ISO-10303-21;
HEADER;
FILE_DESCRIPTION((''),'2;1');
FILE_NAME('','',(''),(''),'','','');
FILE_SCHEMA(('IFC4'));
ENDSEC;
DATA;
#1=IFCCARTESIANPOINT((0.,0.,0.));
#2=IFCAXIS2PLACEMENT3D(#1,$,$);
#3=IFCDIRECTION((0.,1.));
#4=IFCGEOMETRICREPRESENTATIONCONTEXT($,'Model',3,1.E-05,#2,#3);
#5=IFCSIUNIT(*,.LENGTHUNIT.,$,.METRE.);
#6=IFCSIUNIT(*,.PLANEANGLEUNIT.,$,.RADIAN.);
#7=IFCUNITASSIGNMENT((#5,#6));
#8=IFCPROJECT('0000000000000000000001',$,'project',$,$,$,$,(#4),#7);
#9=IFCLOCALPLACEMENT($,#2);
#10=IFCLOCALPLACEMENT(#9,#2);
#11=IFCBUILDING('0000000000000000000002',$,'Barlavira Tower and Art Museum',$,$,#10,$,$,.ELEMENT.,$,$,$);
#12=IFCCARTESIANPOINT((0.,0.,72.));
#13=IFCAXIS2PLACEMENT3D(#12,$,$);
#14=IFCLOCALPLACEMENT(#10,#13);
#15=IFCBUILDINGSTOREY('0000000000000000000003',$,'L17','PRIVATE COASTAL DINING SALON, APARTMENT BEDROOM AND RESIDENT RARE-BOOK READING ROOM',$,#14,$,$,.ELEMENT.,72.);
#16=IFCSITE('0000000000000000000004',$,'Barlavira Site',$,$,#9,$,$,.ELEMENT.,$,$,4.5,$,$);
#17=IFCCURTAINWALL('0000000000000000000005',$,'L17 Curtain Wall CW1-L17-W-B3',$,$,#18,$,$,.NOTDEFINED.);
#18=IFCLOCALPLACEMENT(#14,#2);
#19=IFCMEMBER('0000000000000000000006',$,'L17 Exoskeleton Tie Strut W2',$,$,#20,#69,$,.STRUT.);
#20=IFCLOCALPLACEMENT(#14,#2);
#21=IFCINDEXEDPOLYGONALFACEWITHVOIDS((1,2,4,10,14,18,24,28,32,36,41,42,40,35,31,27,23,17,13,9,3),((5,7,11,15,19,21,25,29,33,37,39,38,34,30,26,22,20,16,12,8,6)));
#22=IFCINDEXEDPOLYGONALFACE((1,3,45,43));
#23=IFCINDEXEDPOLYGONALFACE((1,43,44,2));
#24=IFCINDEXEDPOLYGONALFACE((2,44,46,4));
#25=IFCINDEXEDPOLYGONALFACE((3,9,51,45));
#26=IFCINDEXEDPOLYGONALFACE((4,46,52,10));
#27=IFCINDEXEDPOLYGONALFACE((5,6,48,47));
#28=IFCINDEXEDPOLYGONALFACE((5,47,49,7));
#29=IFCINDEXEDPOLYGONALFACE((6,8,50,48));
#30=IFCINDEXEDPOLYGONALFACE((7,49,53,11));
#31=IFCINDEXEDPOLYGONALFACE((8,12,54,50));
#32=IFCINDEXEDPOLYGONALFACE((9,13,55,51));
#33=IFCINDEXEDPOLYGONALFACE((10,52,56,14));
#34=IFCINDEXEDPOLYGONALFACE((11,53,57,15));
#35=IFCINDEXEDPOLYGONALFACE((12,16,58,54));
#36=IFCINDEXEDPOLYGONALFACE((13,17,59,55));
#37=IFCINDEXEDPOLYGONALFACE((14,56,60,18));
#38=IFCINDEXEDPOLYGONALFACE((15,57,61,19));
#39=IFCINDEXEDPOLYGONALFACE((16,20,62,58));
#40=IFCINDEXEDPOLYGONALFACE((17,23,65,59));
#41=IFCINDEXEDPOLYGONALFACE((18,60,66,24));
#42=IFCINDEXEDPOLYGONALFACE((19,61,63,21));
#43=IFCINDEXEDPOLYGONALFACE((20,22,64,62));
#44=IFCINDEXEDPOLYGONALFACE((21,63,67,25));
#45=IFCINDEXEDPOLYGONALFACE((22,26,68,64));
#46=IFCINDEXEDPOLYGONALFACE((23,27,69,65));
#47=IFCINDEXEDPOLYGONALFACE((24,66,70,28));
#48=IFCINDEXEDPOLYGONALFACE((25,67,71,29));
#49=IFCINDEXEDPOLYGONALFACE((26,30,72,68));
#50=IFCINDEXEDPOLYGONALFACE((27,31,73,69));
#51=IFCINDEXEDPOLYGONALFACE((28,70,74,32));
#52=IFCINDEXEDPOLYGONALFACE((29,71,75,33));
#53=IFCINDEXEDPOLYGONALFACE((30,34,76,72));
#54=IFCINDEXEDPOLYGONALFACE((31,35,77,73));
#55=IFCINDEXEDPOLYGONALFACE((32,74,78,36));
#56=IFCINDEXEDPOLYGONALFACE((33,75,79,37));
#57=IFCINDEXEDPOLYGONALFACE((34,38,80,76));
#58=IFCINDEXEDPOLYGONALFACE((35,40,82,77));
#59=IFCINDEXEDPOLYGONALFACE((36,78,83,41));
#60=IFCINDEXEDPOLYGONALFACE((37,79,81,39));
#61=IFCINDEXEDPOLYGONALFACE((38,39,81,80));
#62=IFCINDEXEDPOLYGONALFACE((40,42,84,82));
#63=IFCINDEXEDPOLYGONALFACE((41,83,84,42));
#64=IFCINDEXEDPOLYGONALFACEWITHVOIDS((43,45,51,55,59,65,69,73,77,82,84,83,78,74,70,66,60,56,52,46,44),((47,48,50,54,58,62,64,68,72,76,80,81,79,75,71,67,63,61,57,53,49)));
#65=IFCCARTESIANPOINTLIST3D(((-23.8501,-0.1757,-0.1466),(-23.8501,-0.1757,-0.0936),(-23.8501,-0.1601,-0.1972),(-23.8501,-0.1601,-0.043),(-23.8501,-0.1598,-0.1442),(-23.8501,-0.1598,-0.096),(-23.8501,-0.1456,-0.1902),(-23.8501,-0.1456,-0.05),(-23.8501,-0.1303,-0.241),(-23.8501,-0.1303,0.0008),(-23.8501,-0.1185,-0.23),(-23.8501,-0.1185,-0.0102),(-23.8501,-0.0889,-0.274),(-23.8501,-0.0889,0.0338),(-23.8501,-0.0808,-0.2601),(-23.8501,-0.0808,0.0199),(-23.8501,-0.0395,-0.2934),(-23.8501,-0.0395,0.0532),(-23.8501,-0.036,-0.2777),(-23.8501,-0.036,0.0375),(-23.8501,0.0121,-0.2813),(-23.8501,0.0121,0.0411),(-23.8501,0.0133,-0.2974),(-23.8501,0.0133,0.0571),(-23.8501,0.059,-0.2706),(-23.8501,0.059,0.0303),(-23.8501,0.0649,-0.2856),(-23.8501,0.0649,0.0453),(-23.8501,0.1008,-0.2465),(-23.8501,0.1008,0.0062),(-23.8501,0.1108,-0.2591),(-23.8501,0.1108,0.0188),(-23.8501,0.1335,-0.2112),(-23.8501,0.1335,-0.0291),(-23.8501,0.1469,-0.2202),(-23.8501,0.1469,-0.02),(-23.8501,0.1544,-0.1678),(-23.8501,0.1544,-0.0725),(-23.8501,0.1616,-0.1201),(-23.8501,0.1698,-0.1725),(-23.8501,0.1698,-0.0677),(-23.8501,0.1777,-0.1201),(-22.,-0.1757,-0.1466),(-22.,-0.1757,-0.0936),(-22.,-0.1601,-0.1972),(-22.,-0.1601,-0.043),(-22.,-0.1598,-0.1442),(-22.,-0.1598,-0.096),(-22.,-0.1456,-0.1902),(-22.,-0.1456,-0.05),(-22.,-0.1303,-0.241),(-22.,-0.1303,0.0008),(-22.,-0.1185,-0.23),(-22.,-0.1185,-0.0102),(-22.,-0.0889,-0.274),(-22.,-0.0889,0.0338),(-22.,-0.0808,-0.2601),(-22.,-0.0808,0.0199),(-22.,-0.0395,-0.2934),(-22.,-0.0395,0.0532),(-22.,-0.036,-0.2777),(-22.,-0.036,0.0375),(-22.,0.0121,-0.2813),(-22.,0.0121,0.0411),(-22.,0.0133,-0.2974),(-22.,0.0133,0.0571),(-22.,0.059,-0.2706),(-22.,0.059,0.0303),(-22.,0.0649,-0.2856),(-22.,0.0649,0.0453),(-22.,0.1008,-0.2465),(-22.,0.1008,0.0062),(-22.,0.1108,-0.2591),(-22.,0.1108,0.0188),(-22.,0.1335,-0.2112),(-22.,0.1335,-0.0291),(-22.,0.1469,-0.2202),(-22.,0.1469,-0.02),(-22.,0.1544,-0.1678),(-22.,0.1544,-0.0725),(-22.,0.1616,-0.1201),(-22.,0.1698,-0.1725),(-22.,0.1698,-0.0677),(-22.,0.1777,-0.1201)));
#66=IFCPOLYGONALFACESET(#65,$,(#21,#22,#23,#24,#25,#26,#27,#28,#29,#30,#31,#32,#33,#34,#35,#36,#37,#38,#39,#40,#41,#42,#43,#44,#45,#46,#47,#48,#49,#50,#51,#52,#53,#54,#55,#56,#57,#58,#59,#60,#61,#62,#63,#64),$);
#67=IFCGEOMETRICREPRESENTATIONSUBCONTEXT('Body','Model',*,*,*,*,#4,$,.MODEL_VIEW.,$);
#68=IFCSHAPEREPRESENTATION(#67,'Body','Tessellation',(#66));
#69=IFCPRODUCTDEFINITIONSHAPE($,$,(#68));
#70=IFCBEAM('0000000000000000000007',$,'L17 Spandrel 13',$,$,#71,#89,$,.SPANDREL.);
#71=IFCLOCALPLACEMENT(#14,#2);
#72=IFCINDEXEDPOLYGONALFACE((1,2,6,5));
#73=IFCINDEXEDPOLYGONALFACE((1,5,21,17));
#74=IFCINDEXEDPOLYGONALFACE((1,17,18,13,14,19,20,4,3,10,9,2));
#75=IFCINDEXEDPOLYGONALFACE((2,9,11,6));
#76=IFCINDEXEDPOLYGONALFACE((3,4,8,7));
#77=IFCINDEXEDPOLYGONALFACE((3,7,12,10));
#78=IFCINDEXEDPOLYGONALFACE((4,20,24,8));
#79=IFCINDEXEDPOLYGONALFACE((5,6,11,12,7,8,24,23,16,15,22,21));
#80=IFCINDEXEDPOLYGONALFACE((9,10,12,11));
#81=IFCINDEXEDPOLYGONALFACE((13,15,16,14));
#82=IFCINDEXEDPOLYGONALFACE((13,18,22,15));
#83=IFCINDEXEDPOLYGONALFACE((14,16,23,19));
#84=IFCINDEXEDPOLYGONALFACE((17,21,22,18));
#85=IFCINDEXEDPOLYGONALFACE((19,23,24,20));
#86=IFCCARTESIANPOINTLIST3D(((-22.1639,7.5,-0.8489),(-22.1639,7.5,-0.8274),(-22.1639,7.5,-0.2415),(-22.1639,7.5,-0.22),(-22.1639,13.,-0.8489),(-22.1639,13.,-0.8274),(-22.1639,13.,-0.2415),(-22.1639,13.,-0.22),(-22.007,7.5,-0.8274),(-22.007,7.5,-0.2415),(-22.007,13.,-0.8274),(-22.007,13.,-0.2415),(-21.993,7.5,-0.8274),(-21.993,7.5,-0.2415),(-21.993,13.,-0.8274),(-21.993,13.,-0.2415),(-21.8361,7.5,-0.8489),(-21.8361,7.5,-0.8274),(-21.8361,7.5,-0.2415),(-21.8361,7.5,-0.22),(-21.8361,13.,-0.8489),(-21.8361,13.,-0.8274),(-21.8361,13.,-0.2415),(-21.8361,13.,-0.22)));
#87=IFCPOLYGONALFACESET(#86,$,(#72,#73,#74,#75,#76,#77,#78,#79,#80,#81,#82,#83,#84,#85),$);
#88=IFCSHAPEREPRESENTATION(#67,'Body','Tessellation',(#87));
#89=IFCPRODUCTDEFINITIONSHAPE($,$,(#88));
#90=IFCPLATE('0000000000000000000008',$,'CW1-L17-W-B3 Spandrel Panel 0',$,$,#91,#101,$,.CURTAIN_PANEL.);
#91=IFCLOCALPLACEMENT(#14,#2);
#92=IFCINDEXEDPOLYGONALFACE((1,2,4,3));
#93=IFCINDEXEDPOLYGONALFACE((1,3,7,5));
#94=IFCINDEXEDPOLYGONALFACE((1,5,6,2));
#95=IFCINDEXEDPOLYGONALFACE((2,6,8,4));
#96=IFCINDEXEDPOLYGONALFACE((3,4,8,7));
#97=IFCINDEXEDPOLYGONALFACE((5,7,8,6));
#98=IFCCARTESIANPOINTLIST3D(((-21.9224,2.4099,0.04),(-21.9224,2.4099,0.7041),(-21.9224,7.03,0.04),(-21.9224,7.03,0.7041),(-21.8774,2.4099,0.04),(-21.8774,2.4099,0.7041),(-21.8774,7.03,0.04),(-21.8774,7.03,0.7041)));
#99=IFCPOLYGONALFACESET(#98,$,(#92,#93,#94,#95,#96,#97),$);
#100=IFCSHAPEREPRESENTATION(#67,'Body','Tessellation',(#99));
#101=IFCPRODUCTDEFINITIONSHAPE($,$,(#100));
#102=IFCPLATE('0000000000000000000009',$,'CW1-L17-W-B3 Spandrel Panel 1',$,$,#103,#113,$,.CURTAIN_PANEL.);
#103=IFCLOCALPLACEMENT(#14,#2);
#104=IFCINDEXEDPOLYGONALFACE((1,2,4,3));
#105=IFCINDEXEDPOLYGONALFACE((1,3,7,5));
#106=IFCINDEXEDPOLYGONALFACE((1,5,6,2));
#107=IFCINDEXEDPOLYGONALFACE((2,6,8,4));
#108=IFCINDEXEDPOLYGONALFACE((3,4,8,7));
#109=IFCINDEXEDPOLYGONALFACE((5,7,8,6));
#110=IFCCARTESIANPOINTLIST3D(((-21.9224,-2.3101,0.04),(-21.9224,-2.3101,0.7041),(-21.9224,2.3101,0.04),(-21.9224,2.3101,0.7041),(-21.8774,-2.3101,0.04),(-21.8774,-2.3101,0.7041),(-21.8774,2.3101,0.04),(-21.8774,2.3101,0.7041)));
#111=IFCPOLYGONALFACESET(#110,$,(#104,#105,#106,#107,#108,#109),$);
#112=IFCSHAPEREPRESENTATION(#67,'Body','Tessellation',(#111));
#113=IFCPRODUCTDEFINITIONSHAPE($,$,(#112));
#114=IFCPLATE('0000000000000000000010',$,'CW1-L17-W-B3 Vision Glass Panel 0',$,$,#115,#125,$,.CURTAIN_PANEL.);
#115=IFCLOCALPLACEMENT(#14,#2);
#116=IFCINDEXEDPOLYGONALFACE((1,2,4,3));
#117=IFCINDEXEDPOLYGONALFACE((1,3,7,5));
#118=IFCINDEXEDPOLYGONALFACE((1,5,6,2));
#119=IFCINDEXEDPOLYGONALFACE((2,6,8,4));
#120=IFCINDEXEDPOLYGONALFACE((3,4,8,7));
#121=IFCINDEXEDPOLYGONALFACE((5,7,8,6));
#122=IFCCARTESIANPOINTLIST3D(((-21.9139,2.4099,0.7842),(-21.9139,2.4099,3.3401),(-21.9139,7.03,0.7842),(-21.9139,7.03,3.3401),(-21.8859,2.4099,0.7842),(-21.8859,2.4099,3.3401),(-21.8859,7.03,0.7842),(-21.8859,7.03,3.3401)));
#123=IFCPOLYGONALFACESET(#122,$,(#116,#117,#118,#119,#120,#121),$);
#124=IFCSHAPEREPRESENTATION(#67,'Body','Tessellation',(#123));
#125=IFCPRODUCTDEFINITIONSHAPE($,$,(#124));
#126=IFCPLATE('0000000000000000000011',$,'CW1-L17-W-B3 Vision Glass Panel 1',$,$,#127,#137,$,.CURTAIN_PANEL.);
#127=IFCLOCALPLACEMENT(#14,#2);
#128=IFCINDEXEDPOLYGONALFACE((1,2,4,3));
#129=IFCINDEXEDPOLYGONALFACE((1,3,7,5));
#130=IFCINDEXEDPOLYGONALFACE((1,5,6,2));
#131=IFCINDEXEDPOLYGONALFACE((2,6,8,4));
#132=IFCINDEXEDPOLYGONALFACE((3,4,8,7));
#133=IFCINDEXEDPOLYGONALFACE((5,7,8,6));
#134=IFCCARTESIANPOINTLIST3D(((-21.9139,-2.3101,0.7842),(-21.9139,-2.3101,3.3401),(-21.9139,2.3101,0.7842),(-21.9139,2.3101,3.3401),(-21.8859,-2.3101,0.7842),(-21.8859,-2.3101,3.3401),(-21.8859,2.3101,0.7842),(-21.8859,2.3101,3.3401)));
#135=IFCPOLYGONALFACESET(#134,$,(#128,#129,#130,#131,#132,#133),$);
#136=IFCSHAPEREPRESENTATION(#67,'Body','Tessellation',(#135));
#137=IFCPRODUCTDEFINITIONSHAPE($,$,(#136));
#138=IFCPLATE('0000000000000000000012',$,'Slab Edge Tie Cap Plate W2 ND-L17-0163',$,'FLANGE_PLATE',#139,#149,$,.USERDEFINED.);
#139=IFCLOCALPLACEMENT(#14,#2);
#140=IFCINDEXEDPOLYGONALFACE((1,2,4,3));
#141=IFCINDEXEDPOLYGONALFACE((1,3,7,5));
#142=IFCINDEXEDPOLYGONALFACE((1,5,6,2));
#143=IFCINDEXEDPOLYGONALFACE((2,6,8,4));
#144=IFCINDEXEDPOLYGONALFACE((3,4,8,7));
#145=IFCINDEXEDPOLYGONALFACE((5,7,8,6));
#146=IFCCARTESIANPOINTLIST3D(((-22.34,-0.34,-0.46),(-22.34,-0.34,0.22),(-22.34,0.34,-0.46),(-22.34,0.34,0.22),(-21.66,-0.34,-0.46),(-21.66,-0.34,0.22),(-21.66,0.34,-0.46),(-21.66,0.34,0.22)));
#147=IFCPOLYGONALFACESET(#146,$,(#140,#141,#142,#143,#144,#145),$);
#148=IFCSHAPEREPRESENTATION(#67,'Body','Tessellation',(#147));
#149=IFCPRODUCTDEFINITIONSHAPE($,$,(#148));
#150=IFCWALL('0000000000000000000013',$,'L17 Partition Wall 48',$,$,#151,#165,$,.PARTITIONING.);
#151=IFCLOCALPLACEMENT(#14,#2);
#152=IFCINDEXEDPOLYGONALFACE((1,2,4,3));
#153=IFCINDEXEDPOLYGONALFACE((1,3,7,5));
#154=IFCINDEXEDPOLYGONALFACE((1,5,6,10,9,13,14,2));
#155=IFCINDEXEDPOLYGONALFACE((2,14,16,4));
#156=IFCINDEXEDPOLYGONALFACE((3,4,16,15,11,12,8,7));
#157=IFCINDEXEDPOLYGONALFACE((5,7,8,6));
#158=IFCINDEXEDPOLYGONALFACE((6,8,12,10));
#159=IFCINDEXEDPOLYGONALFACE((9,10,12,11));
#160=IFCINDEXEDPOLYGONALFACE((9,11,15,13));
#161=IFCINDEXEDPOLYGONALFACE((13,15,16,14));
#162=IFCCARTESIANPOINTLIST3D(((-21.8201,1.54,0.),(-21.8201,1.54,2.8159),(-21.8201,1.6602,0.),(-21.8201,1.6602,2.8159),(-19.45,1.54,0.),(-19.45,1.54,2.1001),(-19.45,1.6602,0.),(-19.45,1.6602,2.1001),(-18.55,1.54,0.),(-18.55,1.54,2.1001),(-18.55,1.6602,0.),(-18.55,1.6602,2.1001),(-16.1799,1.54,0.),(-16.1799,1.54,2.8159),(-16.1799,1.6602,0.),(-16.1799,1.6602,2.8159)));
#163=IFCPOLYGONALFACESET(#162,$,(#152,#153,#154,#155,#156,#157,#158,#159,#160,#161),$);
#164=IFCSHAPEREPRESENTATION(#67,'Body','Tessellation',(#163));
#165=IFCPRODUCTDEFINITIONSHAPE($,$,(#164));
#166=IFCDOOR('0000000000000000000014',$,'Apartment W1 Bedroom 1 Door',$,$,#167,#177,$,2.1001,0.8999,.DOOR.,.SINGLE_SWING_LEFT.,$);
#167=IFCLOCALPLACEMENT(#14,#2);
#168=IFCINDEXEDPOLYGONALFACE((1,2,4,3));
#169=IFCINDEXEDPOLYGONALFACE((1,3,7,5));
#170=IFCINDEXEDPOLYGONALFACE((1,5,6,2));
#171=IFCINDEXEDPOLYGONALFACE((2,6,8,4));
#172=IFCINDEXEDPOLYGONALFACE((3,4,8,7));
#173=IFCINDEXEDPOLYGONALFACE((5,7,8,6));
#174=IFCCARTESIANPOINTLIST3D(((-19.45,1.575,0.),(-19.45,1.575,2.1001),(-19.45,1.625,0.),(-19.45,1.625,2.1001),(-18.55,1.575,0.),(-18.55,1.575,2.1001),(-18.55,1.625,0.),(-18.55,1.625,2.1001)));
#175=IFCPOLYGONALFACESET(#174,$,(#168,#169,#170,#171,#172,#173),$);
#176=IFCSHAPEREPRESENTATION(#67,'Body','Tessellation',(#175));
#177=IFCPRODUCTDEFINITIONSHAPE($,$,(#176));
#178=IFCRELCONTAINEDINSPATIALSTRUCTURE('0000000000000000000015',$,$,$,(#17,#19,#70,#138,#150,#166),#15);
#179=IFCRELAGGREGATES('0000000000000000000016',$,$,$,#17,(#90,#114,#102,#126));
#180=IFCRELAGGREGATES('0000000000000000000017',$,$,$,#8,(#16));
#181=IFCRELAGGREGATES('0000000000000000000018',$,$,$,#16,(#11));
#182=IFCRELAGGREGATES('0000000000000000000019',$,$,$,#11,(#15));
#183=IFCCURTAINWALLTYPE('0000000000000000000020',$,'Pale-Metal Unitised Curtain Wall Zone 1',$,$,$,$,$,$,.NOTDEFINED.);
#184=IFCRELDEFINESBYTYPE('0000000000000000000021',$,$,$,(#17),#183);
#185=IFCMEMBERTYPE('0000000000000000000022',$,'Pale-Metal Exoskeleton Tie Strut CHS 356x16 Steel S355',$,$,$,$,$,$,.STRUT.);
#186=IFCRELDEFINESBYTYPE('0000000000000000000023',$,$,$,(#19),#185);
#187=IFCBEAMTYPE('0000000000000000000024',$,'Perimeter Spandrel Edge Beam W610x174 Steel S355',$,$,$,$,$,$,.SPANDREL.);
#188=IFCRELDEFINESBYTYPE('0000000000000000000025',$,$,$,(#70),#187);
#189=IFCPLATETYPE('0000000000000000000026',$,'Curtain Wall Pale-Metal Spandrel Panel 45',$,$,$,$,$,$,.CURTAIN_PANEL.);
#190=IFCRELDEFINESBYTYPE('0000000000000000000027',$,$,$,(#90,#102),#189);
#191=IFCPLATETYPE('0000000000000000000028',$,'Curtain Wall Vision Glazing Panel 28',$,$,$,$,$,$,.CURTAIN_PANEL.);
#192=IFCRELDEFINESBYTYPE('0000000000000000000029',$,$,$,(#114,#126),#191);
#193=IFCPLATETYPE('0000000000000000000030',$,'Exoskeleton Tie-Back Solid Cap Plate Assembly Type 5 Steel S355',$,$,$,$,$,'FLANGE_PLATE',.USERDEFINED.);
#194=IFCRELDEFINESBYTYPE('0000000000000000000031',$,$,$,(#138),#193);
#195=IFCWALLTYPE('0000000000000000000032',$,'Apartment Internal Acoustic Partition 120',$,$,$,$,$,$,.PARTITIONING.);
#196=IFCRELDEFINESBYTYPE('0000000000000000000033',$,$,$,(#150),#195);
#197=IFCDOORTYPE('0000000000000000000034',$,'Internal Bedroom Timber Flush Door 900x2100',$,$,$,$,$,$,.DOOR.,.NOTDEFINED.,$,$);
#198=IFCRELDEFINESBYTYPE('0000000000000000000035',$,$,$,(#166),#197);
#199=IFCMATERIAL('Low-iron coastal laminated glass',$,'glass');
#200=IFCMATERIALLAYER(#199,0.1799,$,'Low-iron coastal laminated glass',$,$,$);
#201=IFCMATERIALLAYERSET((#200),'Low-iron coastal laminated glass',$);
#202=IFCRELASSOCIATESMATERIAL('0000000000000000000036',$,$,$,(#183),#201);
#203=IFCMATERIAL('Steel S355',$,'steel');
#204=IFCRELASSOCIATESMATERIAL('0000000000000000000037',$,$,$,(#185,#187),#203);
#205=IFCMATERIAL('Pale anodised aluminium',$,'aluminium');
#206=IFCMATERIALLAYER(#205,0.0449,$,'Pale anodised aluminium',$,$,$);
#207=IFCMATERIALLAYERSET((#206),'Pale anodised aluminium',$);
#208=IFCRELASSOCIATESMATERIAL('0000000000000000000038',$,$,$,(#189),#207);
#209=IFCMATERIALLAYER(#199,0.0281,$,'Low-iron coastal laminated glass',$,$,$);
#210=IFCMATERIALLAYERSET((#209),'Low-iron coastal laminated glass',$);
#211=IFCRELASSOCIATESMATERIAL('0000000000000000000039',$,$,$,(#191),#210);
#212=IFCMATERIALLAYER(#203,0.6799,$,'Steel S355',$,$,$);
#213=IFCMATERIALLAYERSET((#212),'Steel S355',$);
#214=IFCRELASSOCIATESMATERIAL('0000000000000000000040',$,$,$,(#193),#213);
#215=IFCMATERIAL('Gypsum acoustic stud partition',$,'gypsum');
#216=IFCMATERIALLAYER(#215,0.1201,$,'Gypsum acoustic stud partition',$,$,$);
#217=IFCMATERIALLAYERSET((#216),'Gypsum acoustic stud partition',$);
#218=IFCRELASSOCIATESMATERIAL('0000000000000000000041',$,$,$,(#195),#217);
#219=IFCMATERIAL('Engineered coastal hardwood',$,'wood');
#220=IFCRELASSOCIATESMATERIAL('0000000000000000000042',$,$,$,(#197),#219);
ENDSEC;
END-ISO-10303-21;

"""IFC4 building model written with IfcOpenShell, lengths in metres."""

from ifc_helpers import new_model, si_unit, direction, frame, frame_2d, origin, origin_2d, place, context, subcontext, project, spatial, rectangle, hollow_circle, i_section, extrude, material, layer, layer_set, material_profile, profile_set, type_object, element, fill, aggregate, save


model = new_model("IFC4")

# Units and contexts
model_context = context("Model", 3, precision=1e-05, world=origin(), true_north=direction((0.0, 1.0)))
body_context = subcontext(model_context, "Body", "Model", "MODEL_VIEW")
ifc_project = project(units=[si_unit("LENGTHUNIT", "METRE"), si_unit("PLANEANGLEUNIT", "RADIAN")], contexts=[model_context])

# Site, building, storey
site_placement = place(None, origin())
site = spatial("IfcSite", under=ifc_project, at=site_placement, Name="Barlavira Site", CompositionType="ELEMENT", RefElevation=4.5)
building_placement = place(site_placement, origin())
building = spatial("IfcBuilding", under=site, at=building_placement, Name="Barlavira Tower and Art Museum", CompositionType="ELEMENT")
storey_placement = place(building_placement, frame((0.0, 0.0, 72.0)))
storey = spatial("IfcBuildingStorey", under=building, at=storey_placement, Name="L17", Description="PRIVATE COASTAL DINING SALON, APARTMENT BEDROOM AND RESIDENT RARE-BOOK READING ROOM", CompositionType="ELEMENT", Elevation=72.0)

# Curtain wall
ifc_material_1 = material(Name="Low-iron coastal laminated glass", Category="glass")
ifc_layer_1 = layer(ifc_material_1, 0.1799, Name="Low-iron coastal laminated glass")
ifc_layer_set_1 = layer_set([ifc_layer_1], Name="Low-iron coastal laminated glass")
curtain_wall_type = type_object("IfcCurtainWallType", Name="Pale-Metal Unitised Curtain Wall Zone 1", PredefinedType="NOTDEFINED", material=ifc_layer_set_1)
curtain_wall_placement = place(storey_placement, origin())
curtain_wall = element("IfcCurtainWall", 1, at=curtain_wall_placement, inside=storey, type_object=curtain_wall_type, Name="L17 Curtain Wall CW1-L17-W-B3", PredefinedType="NOTDEFINED")
ifc_material_2 = material(Name="Pale anodised aluminium", Category="aluminium")

# Member
ifc_material_3 = material(Name="Steel S355", Category="steel")
ifc_material_profile_1 = material_profile(ifc_material_3, hollow_circle(Radius=0.1777, WallThickness=0.0161, at=origin_2d()), Name="CHS 355.6x16.0")
ifc_profile_set_1 = profile_set([ifc_material_profile_1], Name="Steel S355")
member_type_1 = type_object("IfcMemberType", Name="Pale-Metal Exoskeleton Tie Strut CHS 356x16 Steel S355", PredefinedType="STRUT", material=ifc_profile_set_1)
member_1_placement = place(storey_placement, frame((-23.8501, 0.0, -0.1201), z_axis=(1.0, 0.0, 0.0), x_axis=(0.0, 1.0, 0.0)))
element("IfcMember", 2, at=member_1_placement, inside=storey, type_object=member_type_1, Name="L17 Exoskeleton Tie Strut W2", PredefinedType="STRUT", context=body_context, shape_type="SweptSolid", body=[
    extrude(hollow_circle(Radius=0.1777, WallThickness=0.0161, at=origin_2d()), origin(), (0.0, 0.0, 1.0), 1.8501),
])

# Beam
ifc_material_profile_2 = material_profile(ifc_material_3, i_section(OverallWidth=0.3279, OverallDepth=0.6289, WebThickness=0.0139, FlangeThickness=0.0215, at=origin_2d()), Name="W610x174.0")
ifc_profile_set_2 = profile_set([ifc_material_profile_2], Name="Steel S355")
beam_type = type_object("IfcBeamType", Name="Perimeter Spandrel Edge Beam W610x174 Steel S355", PredefinedType="SPANDREL", material=ifc_profile_set_2)
beam_placement = place(storey_placement, frame((-22.0, 7.5, -0.5344), z_axis=(0.0, 1.0, 0.0), x_axis=(-1.0, 0.0, 0.0)))
element("IfcBeam", 3, at=beam_placement, inside=storey, type_object=beam_type, Name="L17 Spandrel 13", PredefinedType="SPANDREL", context=body_context, shape_type="SweptSolid", body=[
    extrude(i_section(OverallWidth=0.3279, OverallDepth=0.6289, WebThickness=0.0139, FlangeThickness=0.0215, at=origin_2d()), origin(), (0.0, 0.0, 1.0), 5.5),
])

# Plates
ifc_layer_2 = layer(ifc_material_2, 0.0449, Name="Pale anodised aluminium")
ifc_layer_set_2 = layer_set([ifc_layer_2], Name="Pale anodised aluminium")
plate_type_1 = type_object("IfcPlateType", Name="Curtain Wall Pale-Metal Spandrel Panel 45", PredefinedType="CURTAIN_PANEL", material=ifc_layer_set_2)
plate_1_placement = place(storey_placement, frame((-21.8999, 4.72, 0.04), z_axis=(0.0, 0.0, 1.0), x_axis=(0.0, -1.0, 0.0)))
plate_1 = element("IfcPlate", 4, at=plate_1_placement, type_object=plate_type_1, Name="CW1-L17-W-B3 Spandrel Panel 0", PredefinedType="CURTAIN_PANEL", context=body_context, shape_type="SweptSolid", body=[
    extrude(rectangle(XDim=4.6201, YDim=0.0449, at=origin_2d()), origin(), (0.0, 0.0, 1.0), 0.6641),
])
plate_2_placement = place(storey_placement, frame((-21.8999, 0.0, 0.04), z_axis=(0.0, 0.0, 1.0), x_axis=(0.0, -1.0, 0.0)))
plate_2 = element("IfcPlate", 5, at=plate_2_placement, type_object=plate_type_1, Name="CW1-L17-W-B3 Spandrel Panel 1", PredefinedType="CURTAIN_PANEL", context=body_context, shape_type="SweptSolid", body=[
    extrude(rectangle(XDim=4.6201, YDim=0.0449, at=origin_2d()), origin(), (0.0, 0.0, 1.0), 0.6641),
])
ifc_layer_3 = layer(ifc_material_1, 0.0281, Name="Low-iron coastal laminated glass")
ifc_layer_set_3 = layer_set([ifc_layer_3], Name="Low-iron coastal laminated glass")
plate_type_2 = type_object("IfcPlateType", Name="Curtain Wall Vision Glazing Panel 28", PredefinedType="CURTAIN_PANEL", material=ifc_layer_set_3)
plate_3_placement = place(storey_placement, frame((-21.8999, 4.72, 0.7842), z_axis=(0.0, 0.0, 1.0), x_axis=(0.0, -1.0, 0.0)))
plate_3 = element("IfcPlate", 6, at=plate_3_placement, type_object=plate_type_2, Name="CW1-L17-W-B3 Vision Glass Panel 0", PredefinedType="CURTAIN_PANEL", context=body_context, shape_type="SweptSolid", body=[
    extrude(rectangle(XDim=4.6201, YDim=0.0281, at=origin_2d()), origin(), (0.0, 0.0, 1.0), 2.5559),
])
plate_4_placement = place(storey_placement, frame((-21.8999, 0.0, 0.7842), z_axis=(0.0, 0.0, 1.0), x_axis=(0.0, -1.0, 0.0)))
plate_4 = element("IfcPlate", 7, at=plate_4_placement, type_object=plate_type_2, Name="CW1-L17-W-B3 Vision Glass Panel 1", PredefinedType="CURTAIN_PANEL", context=body_context, shape_type="SweptSolid", body=[
    extrude(rectangle(XDim=4.6201, YDim=0.0281, at=origin_2d()), origin(), (0.0, 0.0, 1.0), 2.5559),
])
aggregate(curtain_wall, [plate_1, plate_3, plate_2, plate_4])
ifc_layer_4 = layer(ifc_material_3, 0.6799, Name="Steel S355")
ifc_layer_set_4 = layer_set([ifc_layer_4], Name="Steel S355")
plate_type_3 = type_object("IfcPlateType", Name="Exoskeleton Tie-Back Solid Cap Plate Assembly Type 5 Steel S355", ElementType="FLANGE_PLATE", PredefinedType="USERDEFINED", material=ifc_layer_set_4)
plate_5_placement = place(storey_placement, frame((-22.0, 0.0, -0.46), z_axis=(0.0, 0.0, 1.0), x_axis=(1.0, 0.0, 0.0)))
element("IfcPlate", 8, at=plate_5_placement, inside=storey, type_object=plate_type_3, Name="Slab Edge Tie Cap Plate W2 ND-L17-0163", ObjectType="FLANGE_PLATE", PredefinedType="USERDEFINED", context=body_context, shape_type="SweptSolid", body=[
    extrude(rectangle(XDim=0.6799, YDim=0.6799, at=origin_2d()), origin(), (0.0, 0.0, 1.0), 0.6799),
])

# Wall, opening, door
ifc_material_4 = material(Name="Gypsum acoustic stud partition", Category="gypsum")
ifc_layer_5 = layer(ifc_material_4, 0.1201, Name="Gypsum acoustic stud partition")
ifc_layer_set_5 = layer_set([ifc_layer_5], Name="Gypsum acoustic stud partition")
wall_type_1 = type_object("IfcWallType", Name="Apartment Internal Acoustic Partition 120", PredefinedType="PARTITIONING", material=ifc_layer_set_5)
wall_1_placement = place(storey_placement, frame((-21.8201, 1.6001, 0.0), z_axis=(0.0, 0.0, 1.0), x_axis=(1.0, 0.0, 0.0)))
wall_1 = element("IfcWall", 9, at=wall_1_placement, inside=storey, type_object=wall_type_1, Name="L17 Partition Wall 48", PredefinedType="PARTITIONING", context=body_context, shape_type="SweptSolid", body=[
    extrude(rectangle(XDim=5.6401, YDim=0.1201, at=frame_2d((2.8201, 0.0))), origin(), (0.0, 0.0, 1.0), 2.8159),
])
opening_placement = place(wall_1_placement, frame((2.3701, 0.0, 0.0)))
opening = element("IfcOpeningElement", 10, at=opening_placement, cuts=wall_1, PredefinedType="OPENING", context=body_context, shape_type="SweptSolid", body=[
    extrude(rectangle(XDim=0.8999, YDim=2.1001, at=frame_2d((0.45, 1.05))), frame((0.0, 0.0701, 0.0), z_axis=(0.0, -1.0, 0.0), x_axis=(1.0, 0.0, 0.0)), (0.0, 0.0, 1.0), 0.1401),
])
ifc_material_5 = material(Name="Engineered coastal hardwood", Category="wood")
door_type = type_object("IfcDoorType", Name="Internal Bedroom Timber Flush Door 900x2100", OperationType="NOTDEFINED", PredefinedType="DOOR", material=ifc_material_5)
door_placement = place(opening_placement, origin())
door = element("IfcDoor", 11, at=door_placement, inside=storey, type_object=door_type, Name="Apartment W1 Bedroom 1 Door", OperationType="SINGLE_SWING_LEFT", OverallHeight=2.1001, OverallWidth=0.8999, PredefinedType="DOOR", context=body_context, shape_type="SweptSolid", body=[
    extrude(rectangle(XDim=0.8999, YDim=2.1001, at=frame_2d((0.45, 1.05))), frame((0.0, 0.0249, 0.0), z_axis=(0.0, -1.0, 0.0), x_axis=(1.0, 0.0, 0.0)), (0.0, 0.0, 1.0), 0.05),
])
fill(opening, door)

save(model, "model.ifc")
